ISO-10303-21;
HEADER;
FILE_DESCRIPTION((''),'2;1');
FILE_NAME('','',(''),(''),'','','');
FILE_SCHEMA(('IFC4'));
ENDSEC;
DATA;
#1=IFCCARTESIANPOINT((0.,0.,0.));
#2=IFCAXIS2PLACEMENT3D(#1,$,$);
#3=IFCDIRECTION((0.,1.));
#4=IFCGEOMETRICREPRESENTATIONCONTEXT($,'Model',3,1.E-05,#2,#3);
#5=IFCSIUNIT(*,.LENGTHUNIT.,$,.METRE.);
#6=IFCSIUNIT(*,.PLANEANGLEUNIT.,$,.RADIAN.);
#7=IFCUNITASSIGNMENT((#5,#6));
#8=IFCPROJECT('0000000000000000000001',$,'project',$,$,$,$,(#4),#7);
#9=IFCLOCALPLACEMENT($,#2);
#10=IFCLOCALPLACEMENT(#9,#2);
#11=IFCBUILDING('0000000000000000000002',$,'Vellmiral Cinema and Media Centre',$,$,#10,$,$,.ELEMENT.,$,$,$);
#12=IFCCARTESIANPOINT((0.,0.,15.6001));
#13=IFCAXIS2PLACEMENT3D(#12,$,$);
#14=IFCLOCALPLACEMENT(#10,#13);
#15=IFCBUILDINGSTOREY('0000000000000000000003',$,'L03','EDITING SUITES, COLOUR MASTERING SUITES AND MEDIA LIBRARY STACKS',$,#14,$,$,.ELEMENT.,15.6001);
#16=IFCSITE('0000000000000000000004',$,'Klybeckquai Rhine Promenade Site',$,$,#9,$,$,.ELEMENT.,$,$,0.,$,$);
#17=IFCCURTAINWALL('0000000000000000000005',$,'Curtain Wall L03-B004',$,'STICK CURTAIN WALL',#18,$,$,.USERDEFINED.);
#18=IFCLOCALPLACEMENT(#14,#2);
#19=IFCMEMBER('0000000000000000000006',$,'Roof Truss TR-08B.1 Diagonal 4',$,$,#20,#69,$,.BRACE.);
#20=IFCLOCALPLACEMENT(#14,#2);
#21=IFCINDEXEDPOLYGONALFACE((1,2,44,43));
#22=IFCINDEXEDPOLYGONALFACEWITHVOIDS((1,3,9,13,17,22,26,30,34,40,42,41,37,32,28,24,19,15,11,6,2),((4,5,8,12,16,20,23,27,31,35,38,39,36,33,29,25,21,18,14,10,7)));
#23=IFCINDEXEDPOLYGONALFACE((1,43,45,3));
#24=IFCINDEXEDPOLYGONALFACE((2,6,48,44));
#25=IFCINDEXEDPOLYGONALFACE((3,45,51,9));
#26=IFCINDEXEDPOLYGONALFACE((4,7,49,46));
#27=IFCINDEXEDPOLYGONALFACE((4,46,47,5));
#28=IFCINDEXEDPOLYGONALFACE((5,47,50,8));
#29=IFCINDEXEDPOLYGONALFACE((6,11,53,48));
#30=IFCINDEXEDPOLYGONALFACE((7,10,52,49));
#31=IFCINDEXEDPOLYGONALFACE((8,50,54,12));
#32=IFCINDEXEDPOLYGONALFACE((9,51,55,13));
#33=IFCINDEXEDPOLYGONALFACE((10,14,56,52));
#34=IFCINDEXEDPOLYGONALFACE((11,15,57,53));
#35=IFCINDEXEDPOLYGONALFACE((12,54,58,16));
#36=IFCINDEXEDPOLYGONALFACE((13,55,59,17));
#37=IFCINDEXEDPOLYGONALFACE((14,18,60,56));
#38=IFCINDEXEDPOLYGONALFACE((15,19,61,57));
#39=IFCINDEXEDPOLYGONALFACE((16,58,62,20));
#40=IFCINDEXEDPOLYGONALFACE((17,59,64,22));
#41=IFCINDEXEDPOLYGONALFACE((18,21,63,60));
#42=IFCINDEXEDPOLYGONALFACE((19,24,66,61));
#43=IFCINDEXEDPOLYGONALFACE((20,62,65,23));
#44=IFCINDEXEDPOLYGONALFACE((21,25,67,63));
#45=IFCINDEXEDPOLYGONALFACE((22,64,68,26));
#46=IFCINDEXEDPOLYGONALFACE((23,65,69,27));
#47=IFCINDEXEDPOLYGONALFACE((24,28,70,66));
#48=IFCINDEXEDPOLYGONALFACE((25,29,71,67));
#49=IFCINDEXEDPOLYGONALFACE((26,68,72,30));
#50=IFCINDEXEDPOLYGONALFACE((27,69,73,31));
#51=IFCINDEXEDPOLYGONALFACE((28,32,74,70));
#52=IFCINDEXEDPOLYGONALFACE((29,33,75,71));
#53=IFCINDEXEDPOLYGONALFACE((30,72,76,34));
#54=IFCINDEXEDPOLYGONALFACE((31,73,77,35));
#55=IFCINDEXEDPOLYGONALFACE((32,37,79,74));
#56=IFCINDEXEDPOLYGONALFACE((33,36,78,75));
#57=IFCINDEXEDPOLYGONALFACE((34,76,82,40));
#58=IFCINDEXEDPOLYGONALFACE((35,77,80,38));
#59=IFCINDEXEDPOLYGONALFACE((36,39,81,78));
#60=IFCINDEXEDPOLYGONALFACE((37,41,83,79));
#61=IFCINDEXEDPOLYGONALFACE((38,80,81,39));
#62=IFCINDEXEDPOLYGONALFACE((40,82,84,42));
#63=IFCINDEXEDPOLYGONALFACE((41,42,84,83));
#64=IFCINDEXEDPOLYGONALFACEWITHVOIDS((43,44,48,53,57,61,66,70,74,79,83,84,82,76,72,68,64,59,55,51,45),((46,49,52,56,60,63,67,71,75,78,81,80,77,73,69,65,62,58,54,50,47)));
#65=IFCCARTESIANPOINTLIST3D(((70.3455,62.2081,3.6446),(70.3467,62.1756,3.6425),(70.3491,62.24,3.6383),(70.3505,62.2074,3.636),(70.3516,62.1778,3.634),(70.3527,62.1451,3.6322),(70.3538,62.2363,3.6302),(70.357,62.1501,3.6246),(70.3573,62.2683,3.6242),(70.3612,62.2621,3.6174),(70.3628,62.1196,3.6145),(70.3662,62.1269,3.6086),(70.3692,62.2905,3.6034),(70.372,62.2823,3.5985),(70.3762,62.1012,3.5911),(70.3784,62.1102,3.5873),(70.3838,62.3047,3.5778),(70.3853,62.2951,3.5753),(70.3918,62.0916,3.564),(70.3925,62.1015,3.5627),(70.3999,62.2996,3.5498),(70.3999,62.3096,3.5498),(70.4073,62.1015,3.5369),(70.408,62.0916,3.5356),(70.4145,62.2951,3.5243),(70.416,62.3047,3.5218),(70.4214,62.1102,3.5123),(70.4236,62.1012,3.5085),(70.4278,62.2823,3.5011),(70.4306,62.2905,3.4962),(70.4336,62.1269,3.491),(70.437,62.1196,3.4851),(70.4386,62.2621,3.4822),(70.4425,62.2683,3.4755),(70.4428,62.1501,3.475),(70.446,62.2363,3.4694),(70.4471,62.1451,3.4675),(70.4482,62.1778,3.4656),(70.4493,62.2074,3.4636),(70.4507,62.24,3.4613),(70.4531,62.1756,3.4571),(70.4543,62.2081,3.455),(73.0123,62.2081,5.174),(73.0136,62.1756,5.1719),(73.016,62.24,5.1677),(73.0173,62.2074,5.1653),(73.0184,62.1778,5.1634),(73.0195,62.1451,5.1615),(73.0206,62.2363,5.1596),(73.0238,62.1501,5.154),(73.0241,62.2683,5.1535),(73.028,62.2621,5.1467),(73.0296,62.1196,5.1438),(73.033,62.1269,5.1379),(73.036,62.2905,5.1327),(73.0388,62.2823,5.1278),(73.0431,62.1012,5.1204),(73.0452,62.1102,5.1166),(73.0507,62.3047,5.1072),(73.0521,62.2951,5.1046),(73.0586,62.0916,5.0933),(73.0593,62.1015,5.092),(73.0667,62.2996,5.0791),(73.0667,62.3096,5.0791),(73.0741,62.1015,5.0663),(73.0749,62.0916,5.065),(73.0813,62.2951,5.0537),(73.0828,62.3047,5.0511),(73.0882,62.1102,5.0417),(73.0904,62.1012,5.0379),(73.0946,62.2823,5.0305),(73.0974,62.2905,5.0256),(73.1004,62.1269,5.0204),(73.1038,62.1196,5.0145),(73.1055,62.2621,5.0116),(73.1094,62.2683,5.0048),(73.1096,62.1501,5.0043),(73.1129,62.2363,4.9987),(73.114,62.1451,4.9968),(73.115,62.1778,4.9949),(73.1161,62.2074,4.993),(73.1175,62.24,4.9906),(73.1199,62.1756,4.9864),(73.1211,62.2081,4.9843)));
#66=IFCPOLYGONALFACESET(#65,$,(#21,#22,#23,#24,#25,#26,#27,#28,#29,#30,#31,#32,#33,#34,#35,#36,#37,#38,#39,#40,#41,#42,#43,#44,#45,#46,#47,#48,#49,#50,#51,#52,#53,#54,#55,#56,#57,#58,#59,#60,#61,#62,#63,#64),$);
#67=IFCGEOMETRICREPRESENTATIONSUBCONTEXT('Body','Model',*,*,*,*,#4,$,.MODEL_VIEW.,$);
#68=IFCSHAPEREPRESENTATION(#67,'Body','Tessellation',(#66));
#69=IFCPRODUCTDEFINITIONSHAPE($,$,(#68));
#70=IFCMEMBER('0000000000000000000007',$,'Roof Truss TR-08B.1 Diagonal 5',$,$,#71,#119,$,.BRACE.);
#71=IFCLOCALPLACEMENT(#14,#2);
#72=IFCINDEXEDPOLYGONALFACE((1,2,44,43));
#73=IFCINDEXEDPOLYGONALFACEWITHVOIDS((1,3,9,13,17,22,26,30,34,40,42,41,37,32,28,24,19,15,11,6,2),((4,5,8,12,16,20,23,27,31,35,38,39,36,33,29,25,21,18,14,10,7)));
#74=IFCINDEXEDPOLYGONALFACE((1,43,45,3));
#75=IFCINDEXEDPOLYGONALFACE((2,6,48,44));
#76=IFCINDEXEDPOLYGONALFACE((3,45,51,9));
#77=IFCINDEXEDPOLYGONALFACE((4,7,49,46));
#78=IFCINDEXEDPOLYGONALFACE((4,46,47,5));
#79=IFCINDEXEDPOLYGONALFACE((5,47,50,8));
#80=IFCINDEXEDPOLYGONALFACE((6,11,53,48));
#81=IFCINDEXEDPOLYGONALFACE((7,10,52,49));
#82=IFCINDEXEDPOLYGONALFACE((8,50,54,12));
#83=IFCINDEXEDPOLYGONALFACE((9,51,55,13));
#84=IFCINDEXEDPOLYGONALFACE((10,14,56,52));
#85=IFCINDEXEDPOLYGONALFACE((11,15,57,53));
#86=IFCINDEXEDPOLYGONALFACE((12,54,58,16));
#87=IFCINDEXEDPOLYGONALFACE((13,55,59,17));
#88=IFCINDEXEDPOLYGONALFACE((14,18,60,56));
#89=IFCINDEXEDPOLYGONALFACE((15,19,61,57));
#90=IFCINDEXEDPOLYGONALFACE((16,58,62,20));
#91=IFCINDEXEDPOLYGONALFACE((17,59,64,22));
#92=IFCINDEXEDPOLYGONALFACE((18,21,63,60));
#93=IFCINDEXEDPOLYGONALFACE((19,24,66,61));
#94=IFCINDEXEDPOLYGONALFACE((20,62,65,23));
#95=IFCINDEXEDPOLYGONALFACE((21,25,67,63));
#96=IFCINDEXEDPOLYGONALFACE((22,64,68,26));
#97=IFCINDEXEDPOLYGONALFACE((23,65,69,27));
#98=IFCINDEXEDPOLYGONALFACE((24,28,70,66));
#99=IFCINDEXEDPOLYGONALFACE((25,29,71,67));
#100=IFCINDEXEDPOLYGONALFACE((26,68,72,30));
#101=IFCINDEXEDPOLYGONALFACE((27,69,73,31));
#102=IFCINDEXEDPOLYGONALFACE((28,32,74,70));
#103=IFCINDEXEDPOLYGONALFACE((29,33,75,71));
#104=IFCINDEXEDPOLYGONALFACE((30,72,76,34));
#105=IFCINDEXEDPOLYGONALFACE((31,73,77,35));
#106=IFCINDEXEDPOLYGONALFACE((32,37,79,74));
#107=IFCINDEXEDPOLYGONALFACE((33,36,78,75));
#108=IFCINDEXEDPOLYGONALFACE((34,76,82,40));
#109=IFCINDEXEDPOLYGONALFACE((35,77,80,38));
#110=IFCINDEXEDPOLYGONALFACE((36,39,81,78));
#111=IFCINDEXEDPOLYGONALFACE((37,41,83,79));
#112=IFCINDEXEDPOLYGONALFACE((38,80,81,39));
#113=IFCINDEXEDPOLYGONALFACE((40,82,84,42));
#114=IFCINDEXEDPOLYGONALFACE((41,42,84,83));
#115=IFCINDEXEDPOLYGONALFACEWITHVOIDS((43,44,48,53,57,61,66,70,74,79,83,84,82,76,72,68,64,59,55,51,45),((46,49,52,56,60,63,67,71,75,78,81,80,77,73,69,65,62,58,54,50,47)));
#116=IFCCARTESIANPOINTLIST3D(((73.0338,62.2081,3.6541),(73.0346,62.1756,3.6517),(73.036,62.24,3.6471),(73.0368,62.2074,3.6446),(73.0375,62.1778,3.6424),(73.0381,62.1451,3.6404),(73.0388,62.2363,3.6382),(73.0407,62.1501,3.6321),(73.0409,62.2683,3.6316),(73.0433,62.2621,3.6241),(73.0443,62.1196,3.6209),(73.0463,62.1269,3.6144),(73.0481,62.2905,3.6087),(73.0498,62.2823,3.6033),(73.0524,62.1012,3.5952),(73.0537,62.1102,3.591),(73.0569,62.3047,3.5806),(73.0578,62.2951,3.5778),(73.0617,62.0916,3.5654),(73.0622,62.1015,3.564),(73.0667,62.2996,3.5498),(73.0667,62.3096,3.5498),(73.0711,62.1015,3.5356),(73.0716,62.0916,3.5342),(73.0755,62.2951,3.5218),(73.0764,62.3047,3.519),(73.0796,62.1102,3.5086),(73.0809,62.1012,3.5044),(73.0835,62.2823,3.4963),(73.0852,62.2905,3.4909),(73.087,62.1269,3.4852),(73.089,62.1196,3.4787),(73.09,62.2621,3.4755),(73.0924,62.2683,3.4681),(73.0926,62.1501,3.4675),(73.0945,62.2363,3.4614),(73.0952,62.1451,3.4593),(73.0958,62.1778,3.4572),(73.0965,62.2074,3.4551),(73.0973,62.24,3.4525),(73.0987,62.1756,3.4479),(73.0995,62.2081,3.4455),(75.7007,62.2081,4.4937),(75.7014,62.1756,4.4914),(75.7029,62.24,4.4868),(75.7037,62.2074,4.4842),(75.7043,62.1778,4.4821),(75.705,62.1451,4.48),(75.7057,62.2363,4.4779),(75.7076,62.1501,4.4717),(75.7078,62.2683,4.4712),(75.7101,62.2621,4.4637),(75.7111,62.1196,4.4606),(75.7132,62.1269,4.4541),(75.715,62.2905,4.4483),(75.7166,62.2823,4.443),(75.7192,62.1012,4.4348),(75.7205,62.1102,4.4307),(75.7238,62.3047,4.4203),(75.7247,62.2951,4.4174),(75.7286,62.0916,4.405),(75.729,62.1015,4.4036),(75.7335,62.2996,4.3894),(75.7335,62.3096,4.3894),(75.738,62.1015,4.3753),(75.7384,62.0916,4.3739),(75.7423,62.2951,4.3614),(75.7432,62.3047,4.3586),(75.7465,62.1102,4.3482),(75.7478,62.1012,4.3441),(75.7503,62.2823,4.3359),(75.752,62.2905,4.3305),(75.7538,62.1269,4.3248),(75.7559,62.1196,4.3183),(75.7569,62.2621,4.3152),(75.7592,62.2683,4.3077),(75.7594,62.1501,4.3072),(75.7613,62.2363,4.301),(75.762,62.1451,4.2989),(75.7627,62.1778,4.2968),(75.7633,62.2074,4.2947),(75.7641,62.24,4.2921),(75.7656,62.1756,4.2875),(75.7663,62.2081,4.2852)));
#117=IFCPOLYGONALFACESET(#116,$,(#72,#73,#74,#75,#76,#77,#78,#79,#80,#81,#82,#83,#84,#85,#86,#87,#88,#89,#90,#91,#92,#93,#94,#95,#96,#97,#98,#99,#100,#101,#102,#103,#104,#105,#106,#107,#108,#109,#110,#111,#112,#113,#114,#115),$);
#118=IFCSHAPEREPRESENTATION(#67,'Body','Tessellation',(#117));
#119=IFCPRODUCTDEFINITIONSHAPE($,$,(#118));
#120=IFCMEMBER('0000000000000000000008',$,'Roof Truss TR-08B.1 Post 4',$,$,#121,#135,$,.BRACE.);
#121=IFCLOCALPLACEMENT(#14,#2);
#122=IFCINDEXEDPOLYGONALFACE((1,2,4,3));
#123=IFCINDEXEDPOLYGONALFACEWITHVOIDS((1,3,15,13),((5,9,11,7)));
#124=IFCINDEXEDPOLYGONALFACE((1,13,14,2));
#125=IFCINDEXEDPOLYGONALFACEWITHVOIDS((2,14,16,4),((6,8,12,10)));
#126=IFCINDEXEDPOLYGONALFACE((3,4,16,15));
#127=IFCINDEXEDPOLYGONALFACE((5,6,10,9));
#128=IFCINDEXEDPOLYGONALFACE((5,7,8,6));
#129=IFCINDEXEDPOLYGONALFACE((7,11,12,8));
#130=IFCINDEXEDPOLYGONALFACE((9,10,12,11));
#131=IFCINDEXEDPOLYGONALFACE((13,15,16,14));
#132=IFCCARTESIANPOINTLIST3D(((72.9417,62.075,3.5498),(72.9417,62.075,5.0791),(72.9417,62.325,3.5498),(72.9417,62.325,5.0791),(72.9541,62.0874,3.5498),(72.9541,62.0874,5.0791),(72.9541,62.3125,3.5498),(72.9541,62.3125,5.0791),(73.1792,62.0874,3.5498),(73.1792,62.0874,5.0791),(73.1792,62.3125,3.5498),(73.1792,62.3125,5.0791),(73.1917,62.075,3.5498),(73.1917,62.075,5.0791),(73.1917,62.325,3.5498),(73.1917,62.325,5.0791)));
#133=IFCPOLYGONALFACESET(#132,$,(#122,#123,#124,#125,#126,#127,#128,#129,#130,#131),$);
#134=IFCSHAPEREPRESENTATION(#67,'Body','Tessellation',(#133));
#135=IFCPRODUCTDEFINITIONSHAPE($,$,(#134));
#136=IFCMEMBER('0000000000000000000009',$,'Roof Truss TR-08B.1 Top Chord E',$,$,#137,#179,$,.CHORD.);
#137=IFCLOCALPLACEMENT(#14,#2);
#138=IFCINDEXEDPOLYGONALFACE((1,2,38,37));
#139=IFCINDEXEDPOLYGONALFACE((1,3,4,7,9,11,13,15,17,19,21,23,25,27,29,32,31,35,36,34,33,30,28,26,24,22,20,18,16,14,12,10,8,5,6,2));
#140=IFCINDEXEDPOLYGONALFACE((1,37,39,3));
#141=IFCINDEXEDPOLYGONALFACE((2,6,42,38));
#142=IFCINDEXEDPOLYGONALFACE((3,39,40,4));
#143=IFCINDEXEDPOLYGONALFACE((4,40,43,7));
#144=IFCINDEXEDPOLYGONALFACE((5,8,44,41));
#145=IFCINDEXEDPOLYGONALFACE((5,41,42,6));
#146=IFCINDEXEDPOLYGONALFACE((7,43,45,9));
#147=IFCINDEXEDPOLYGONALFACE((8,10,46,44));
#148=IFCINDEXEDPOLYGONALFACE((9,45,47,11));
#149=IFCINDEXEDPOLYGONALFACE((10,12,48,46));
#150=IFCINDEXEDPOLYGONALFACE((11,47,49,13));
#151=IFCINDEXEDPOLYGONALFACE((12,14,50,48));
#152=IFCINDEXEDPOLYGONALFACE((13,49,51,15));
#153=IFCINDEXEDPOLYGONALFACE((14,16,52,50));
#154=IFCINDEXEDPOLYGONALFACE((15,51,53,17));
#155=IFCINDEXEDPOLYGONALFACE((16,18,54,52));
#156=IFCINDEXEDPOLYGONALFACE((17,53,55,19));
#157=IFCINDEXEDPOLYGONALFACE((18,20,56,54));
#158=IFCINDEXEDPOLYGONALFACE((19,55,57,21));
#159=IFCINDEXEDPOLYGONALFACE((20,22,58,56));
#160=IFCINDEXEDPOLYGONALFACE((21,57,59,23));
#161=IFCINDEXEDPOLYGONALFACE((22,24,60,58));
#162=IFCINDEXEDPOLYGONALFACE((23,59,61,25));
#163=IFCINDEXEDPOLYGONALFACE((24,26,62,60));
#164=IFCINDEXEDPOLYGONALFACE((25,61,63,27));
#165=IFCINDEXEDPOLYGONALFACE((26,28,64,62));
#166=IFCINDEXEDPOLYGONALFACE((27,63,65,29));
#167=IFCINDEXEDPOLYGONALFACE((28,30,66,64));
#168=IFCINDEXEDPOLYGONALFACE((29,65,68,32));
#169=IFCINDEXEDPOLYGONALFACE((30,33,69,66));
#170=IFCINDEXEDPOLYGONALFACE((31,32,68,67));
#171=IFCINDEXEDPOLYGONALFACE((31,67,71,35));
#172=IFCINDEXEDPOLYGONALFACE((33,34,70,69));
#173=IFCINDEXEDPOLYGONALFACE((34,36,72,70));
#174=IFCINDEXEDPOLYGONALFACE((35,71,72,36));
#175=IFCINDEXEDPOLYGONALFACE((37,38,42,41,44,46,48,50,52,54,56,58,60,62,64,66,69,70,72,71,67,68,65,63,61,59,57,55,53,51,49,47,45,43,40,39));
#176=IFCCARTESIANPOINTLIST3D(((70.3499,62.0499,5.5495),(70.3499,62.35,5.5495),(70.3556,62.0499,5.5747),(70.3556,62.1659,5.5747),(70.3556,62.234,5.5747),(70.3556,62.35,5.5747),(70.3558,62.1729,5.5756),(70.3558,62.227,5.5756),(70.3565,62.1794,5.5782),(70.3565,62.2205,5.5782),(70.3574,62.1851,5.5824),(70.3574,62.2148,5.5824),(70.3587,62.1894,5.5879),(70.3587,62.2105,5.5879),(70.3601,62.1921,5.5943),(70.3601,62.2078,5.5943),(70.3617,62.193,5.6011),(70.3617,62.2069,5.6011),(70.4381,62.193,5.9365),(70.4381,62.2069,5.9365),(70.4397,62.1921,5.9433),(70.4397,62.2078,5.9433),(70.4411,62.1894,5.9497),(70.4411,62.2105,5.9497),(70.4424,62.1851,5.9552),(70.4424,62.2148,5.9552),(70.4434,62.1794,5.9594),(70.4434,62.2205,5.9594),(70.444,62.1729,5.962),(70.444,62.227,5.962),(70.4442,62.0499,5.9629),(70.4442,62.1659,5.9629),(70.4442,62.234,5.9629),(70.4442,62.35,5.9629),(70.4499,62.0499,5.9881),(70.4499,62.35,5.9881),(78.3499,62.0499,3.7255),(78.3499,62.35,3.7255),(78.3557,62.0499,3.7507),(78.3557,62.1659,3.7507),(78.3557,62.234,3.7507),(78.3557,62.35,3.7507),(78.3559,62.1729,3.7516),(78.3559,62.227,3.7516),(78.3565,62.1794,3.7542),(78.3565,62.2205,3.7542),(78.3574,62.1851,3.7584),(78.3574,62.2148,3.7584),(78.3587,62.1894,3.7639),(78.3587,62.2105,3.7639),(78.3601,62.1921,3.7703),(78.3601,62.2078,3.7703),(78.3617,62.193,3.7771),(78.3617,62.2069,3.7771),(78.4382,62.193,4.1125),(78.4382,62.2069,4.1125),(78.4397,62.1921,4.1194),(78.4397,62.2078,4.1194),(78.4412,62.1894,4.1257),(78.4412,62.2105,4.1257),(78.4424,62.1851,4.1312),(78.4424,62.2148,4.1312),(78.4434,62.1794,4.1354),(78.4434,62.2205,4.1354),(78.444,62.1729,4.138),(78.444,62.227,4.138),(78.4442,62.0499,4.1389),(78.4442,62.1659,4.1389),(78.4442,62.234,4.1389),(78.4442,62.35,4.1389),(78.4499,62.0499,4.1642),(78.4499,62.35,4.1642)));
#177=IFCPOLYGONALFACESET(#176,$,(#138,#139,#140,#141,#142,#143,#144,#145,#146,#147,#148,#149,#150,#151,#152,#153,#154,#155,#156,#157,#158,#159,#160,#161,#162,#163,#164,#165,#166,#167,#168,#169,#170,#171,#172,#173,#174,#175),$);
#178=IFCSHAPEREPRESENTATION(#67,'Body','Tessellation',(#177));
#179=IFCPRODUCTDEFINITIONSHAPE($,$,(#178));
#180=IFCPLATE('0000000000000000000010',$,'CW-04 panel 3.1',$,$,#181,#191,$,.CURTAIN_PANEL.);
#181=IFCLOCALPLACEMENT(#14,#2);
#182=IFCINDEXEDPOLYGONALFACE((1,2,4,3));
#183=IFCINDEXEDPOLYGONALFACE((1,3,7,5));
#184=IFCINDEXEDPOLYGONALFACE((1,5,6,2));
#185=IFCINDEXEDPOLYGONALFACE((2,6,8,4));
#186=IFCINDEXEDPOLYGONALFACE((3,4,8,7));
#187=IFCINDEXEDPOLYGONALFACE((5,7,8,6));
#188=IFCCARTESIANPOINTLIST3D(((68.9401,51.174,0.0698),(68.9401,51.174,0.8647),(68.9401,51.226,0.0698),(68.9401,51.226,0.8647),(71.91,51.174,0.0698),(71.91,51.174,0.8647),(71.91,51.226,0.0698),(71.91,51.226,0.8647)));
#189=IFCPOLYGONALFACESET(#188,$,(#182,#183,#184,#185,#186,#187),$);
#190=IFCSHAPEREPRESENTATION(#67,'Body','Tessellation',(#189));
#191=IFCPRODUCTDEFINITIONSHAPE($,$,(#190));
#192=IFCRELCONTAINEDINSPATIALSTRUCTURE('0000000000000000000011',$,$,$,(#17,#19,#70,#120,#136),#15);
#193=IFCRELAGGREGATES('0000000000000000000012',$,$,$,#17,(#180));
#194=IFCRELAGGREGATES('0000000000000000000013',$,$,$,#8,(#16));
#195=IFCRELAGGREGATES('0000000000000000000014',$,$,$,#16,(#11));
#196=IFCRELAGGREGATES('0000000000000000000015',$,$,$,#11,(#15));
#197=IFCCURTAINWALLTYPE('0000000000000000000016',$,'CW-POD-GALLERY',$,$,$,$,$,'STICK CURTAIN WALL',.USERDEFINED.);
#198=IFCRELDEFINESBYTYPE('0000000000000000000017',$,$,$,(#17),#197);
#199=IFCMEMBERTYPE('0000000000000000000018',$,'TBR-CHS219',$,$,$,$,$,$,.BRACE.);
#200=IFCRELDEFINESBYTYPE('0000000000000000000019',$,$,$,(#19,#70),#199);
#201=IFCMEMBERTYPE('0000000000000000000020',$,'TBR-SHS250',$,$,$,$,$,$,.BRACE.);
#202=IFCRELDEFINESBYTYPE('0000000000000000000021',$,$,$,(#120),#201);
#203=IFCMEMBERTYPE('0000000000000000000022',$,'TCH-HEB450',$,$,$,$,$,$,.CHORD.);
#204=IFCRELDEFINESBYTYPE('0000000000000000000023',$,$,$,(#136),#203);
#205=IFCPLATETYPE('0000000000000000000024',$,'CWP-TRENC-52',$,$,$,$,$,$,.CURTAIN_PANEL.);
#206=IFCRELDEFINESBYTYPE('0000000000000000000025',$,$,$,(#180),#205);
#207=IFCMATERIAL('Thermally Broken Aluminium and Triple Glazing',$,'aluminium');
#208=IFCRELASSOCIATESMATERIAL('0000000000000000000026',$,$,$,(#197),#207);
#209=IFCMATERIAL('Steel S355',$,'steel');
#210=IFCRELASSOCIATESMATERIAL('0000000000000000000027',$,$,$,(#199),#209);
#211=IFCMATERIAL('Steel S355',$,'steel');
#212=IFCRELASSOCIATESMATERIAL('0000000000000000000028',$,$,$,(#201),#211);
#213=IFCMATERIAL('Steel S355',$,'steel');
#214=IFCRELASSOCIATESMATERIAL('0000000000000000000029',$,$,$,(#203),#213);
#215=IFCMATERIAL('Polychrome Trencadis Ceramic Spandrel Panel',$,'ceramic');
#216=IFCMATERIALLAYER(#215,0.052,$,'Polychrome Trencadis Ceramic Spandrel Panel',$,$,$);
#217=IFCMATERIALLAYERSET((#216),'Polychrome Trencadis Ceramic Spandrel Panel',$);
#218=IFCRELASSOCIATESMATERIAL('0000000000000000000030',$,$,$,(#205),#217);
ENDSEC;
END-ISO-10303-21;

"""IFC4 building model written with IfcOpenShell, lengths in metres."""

from ifc_helpers import new_model, si_unit, direction, frame, origin, origin_2d, place, context, subcontext, project, spatial, rectangle, hollow_rectangle, hollow_circle, i_section, extrude, material, layer, layer_set, material_profile, profile_set, type_object, element, aggregate, save


model = new_model("IFC4")

# Units and contexts
model_context = context("Model", 3, precision=1e-05, world=origin(), true_north=direction((0.0, 1.0)))
body_context = subcontext(model_context, "Body", "Model", "MODEL_VIEW")
ifc_project = project(units=[si_unit("LENGTHUNIT", "METRE"), si_unit("PLANEANGLEUNIT", "RADIAN")], contexts=[model_context])

# Site, building, storey
site_placement = place(None, origin())
site = spatial("IfcSite", under=ifc_project, at=site_placement, Name="Klybeckquai Rhine Promenade Site", CompositionType="ELEMENT", RefElevation=0.0)
building_placement = place(site_placement, origin())
building = spatial("IfcBuilding", under=site, at=building_placement, Name="Vellmiral Cinema and Media Centre", CompositionType="ELEMENT")
storey_placement = place(building_placement, frame((0.0, 0.0, 15.6001)))
storey = spatial("IfcBuildingStorey", under=building, at=storey_placement, Name="L03", Description="EDITING SUITES, COLOUR MASTERING SUITES AND MEDIA LIBRARY STACKS", CompositionType="ELEMENT", Elevation=15.6001)

# Curtain wall
ifc_material_1 = material(Name="Thermally Broken Aluminium and Triple Glazing", Category="aluminium")
curtain_wall_type = type_object("IfcCurtainWallType", Name="CW-POD-GALLERY", ElementType="STICK CURTAIN WALL", PredefinedType="USERDEFINED", material=ifc_material_1)
curtain_wall_placement = place(storey_placement, origin())
curtain_wall = element("IfcCurtainWall", 1, at=curtain_wall_placement, inside=storey, type_object=curtain_wall_type, Name="Curtain Wall L03-B004", ObjectType="STICK CURTAIN WALL", PredefinedType="USERDEFINED")

# Members
ifc_material_2 = material(Name="Steel S355", Category="steel")
ifc_material_profile_1 = material_profile(ifc_material_2, hollow_circle(Radius=0.1096, WallThickness=0.01, at=origin_2d()), Name="CHS 219.1x10.0")
ifc_profile_set_1 = profile_set([ifc_material_profile_1], Name="Steel S355")
member_type_1 = type_object("IfcMemberType", Name="TBR-CHS219", PredefinedType="BRACE", material=ifc_profile_set_1)
member_1_placement = place(storey_placement, frame((70.3999, 62.2, 3.5498), z_axis=(0.86748, 0.0, 0.497473), x_axis=(0.0, 1.0, 0.0)))
element("IfcMember", 2, at=member_1_placement, inside=storey, type_object=member_type_1, Name="Roof Truss TR-08B.1 Diagonal 4", PredefinedType="BRACE", context=body_context, shape_type="SweptSolid", body=[
    extrude(hollow_circle(Radius=0.1096, WallThickness=0.01, at=origin_2d()), origin(), (0.0, 0.0, 1.0), 3.0742),
])
member_2_placement = place(storey_placement, frame((73.0667, 62.2, 3.5498), z_axis=(0.953842, 0.0, 0.300308), x_axis=(0.0, 1.0, 0.0)))
element("IfcMember", 3, at=member_2_placement, inside=storey, type_object=member_type_1, Name="Roof Truss TR-08B.1 Diagonal 5", PredefinedType="BRACE", context=body_context, shape_type="SweptSolid", body=[
    extrude(hollow_circle(Radius=0.1096, WallThickness=0.01, at=origin_2d()), origin(), (0.0, 0.0, 1.0), 2.7959),
])
ifc_material_3 = material(Name="Steel S355", Category="steel")
ifc_material_profile_2 = material_profile(ifc_material_3, hollow_rectangle(XDim=0.25, YDim=0.25, WallThickness=0.0125, at=origin_2d()), Name="SHS 250x250x12.5")
ifc_profile_set_2 = profile_set([ifc_material_profile_2], Name="Steel S355")
member_type_2 = type_object("IfcMemberType", Name="TBR-SHS250", PredefinedType="BRACE", material=ifc_profile_set_2)
member_3_placement = place(storey_placement, frame((73.0667, 62.2, 3.5498), z_axis=(0.0, 0.0, 1.0), x_axis=(1.0, 0.0, 0.0)))
element("IfcMember", 4, at=member_3_placement, inside=storey, type_object=member_type_2, Name="Roof Truss TR-08B.1 Post 4", PredefinedType="BRACE", context=body_context, shape_type="SweptSolid", body=[
    extrude(hollow_rectangle(XDim=0.25, YDim=0.25, WallThickness=0.0125, at=origin_2d()), origin(), (0.0, 0.0, 1.0), 1.5293),
])
ifc_material_4 = material(Name="Steel S355", Category="steel")
ifc_material_profile_3 = material_profile(ifc_material_4, i_section(OverallWidth=0.3, OverallDepth=0.45, WebThickness=0.0139, FlangeThickness=0.0259, FilletRadius=0.0271, at=origin_2d()), Name="HEB 450")
ifc_profile_set_3 = profile_set([ifc_material_profile_3], Name="Steel S355")
member_type_3 = type_object("IfcMemberType", Name="TCH-HEB450", PredefinedType="CHORD", material=ifc_profile_set_3)
member_4_placement = place(storey_placement, frame((70.3999, 62.2, 5.7688), z_axis=(0.97498, 0.0, -0.222292), x_axis=(0.0, 1.0, 0.0)))
element("IfcMember", 5, at=member_4_placement, inside=storey, type_object=member_type_3, Name="Roof Truss TR-08B.1 Top Chord E", PredefinedType="CHORD", context=body_context, shape_type="SweptSolid", body=[
    extrude(i_section(OverallWidth=0.3, OverallDepth=0.45, WebThickness=0.0139, FlangeThickness=0.0259, FilletRadius=0.0271, at=origin_2d()), origin(), (0.0, 0.0, 1.0), 8.2053),
])

# Plate
ifc_material_5 = material(Name="Polychrome Trencadis Ceramic Spandrel Panel", Category="ceramic")
ifc_layer_1 = layer(ifc_material_5, 0.052, Name="Polychrome Trencadis Ceramic Spandrel Panel")
ifc_layer_set_1 = layer_set([ifc_layer_1], Name="Polychrome Trencadis Ceramic Spandrel Panel")
plate_type_1 = type_object("IfcPlateType", Name="CWP-TRENC-52", PredefinedType="CURTAIN_PANEL", material=ifc_layer_set_1)
plate_1_placement = place(storey_placement, frame((70.425, 51.2, 0.0698), z_axis=(0.0, 0.0, 1.0), x_axis=(1.0, 0.0, 0.0)))
plate_1 = element("IfcPlate", 6, at=plate_1_placement, type_object=plate_type_1, Name="CW-04 panel 3.1", PredefinedType="CURTAIN_PANEL", context=body_context, shape_type="SweptSolid", body=[
    extrude(rectangle(XDim=2.97, YDim=0.052, at=origin_2d()), origin(), (0.0, 0.0, 1.0), 0.7949),
])
aggregate(curtain_wall, [plate_1])

save(model, "model.ifc")
